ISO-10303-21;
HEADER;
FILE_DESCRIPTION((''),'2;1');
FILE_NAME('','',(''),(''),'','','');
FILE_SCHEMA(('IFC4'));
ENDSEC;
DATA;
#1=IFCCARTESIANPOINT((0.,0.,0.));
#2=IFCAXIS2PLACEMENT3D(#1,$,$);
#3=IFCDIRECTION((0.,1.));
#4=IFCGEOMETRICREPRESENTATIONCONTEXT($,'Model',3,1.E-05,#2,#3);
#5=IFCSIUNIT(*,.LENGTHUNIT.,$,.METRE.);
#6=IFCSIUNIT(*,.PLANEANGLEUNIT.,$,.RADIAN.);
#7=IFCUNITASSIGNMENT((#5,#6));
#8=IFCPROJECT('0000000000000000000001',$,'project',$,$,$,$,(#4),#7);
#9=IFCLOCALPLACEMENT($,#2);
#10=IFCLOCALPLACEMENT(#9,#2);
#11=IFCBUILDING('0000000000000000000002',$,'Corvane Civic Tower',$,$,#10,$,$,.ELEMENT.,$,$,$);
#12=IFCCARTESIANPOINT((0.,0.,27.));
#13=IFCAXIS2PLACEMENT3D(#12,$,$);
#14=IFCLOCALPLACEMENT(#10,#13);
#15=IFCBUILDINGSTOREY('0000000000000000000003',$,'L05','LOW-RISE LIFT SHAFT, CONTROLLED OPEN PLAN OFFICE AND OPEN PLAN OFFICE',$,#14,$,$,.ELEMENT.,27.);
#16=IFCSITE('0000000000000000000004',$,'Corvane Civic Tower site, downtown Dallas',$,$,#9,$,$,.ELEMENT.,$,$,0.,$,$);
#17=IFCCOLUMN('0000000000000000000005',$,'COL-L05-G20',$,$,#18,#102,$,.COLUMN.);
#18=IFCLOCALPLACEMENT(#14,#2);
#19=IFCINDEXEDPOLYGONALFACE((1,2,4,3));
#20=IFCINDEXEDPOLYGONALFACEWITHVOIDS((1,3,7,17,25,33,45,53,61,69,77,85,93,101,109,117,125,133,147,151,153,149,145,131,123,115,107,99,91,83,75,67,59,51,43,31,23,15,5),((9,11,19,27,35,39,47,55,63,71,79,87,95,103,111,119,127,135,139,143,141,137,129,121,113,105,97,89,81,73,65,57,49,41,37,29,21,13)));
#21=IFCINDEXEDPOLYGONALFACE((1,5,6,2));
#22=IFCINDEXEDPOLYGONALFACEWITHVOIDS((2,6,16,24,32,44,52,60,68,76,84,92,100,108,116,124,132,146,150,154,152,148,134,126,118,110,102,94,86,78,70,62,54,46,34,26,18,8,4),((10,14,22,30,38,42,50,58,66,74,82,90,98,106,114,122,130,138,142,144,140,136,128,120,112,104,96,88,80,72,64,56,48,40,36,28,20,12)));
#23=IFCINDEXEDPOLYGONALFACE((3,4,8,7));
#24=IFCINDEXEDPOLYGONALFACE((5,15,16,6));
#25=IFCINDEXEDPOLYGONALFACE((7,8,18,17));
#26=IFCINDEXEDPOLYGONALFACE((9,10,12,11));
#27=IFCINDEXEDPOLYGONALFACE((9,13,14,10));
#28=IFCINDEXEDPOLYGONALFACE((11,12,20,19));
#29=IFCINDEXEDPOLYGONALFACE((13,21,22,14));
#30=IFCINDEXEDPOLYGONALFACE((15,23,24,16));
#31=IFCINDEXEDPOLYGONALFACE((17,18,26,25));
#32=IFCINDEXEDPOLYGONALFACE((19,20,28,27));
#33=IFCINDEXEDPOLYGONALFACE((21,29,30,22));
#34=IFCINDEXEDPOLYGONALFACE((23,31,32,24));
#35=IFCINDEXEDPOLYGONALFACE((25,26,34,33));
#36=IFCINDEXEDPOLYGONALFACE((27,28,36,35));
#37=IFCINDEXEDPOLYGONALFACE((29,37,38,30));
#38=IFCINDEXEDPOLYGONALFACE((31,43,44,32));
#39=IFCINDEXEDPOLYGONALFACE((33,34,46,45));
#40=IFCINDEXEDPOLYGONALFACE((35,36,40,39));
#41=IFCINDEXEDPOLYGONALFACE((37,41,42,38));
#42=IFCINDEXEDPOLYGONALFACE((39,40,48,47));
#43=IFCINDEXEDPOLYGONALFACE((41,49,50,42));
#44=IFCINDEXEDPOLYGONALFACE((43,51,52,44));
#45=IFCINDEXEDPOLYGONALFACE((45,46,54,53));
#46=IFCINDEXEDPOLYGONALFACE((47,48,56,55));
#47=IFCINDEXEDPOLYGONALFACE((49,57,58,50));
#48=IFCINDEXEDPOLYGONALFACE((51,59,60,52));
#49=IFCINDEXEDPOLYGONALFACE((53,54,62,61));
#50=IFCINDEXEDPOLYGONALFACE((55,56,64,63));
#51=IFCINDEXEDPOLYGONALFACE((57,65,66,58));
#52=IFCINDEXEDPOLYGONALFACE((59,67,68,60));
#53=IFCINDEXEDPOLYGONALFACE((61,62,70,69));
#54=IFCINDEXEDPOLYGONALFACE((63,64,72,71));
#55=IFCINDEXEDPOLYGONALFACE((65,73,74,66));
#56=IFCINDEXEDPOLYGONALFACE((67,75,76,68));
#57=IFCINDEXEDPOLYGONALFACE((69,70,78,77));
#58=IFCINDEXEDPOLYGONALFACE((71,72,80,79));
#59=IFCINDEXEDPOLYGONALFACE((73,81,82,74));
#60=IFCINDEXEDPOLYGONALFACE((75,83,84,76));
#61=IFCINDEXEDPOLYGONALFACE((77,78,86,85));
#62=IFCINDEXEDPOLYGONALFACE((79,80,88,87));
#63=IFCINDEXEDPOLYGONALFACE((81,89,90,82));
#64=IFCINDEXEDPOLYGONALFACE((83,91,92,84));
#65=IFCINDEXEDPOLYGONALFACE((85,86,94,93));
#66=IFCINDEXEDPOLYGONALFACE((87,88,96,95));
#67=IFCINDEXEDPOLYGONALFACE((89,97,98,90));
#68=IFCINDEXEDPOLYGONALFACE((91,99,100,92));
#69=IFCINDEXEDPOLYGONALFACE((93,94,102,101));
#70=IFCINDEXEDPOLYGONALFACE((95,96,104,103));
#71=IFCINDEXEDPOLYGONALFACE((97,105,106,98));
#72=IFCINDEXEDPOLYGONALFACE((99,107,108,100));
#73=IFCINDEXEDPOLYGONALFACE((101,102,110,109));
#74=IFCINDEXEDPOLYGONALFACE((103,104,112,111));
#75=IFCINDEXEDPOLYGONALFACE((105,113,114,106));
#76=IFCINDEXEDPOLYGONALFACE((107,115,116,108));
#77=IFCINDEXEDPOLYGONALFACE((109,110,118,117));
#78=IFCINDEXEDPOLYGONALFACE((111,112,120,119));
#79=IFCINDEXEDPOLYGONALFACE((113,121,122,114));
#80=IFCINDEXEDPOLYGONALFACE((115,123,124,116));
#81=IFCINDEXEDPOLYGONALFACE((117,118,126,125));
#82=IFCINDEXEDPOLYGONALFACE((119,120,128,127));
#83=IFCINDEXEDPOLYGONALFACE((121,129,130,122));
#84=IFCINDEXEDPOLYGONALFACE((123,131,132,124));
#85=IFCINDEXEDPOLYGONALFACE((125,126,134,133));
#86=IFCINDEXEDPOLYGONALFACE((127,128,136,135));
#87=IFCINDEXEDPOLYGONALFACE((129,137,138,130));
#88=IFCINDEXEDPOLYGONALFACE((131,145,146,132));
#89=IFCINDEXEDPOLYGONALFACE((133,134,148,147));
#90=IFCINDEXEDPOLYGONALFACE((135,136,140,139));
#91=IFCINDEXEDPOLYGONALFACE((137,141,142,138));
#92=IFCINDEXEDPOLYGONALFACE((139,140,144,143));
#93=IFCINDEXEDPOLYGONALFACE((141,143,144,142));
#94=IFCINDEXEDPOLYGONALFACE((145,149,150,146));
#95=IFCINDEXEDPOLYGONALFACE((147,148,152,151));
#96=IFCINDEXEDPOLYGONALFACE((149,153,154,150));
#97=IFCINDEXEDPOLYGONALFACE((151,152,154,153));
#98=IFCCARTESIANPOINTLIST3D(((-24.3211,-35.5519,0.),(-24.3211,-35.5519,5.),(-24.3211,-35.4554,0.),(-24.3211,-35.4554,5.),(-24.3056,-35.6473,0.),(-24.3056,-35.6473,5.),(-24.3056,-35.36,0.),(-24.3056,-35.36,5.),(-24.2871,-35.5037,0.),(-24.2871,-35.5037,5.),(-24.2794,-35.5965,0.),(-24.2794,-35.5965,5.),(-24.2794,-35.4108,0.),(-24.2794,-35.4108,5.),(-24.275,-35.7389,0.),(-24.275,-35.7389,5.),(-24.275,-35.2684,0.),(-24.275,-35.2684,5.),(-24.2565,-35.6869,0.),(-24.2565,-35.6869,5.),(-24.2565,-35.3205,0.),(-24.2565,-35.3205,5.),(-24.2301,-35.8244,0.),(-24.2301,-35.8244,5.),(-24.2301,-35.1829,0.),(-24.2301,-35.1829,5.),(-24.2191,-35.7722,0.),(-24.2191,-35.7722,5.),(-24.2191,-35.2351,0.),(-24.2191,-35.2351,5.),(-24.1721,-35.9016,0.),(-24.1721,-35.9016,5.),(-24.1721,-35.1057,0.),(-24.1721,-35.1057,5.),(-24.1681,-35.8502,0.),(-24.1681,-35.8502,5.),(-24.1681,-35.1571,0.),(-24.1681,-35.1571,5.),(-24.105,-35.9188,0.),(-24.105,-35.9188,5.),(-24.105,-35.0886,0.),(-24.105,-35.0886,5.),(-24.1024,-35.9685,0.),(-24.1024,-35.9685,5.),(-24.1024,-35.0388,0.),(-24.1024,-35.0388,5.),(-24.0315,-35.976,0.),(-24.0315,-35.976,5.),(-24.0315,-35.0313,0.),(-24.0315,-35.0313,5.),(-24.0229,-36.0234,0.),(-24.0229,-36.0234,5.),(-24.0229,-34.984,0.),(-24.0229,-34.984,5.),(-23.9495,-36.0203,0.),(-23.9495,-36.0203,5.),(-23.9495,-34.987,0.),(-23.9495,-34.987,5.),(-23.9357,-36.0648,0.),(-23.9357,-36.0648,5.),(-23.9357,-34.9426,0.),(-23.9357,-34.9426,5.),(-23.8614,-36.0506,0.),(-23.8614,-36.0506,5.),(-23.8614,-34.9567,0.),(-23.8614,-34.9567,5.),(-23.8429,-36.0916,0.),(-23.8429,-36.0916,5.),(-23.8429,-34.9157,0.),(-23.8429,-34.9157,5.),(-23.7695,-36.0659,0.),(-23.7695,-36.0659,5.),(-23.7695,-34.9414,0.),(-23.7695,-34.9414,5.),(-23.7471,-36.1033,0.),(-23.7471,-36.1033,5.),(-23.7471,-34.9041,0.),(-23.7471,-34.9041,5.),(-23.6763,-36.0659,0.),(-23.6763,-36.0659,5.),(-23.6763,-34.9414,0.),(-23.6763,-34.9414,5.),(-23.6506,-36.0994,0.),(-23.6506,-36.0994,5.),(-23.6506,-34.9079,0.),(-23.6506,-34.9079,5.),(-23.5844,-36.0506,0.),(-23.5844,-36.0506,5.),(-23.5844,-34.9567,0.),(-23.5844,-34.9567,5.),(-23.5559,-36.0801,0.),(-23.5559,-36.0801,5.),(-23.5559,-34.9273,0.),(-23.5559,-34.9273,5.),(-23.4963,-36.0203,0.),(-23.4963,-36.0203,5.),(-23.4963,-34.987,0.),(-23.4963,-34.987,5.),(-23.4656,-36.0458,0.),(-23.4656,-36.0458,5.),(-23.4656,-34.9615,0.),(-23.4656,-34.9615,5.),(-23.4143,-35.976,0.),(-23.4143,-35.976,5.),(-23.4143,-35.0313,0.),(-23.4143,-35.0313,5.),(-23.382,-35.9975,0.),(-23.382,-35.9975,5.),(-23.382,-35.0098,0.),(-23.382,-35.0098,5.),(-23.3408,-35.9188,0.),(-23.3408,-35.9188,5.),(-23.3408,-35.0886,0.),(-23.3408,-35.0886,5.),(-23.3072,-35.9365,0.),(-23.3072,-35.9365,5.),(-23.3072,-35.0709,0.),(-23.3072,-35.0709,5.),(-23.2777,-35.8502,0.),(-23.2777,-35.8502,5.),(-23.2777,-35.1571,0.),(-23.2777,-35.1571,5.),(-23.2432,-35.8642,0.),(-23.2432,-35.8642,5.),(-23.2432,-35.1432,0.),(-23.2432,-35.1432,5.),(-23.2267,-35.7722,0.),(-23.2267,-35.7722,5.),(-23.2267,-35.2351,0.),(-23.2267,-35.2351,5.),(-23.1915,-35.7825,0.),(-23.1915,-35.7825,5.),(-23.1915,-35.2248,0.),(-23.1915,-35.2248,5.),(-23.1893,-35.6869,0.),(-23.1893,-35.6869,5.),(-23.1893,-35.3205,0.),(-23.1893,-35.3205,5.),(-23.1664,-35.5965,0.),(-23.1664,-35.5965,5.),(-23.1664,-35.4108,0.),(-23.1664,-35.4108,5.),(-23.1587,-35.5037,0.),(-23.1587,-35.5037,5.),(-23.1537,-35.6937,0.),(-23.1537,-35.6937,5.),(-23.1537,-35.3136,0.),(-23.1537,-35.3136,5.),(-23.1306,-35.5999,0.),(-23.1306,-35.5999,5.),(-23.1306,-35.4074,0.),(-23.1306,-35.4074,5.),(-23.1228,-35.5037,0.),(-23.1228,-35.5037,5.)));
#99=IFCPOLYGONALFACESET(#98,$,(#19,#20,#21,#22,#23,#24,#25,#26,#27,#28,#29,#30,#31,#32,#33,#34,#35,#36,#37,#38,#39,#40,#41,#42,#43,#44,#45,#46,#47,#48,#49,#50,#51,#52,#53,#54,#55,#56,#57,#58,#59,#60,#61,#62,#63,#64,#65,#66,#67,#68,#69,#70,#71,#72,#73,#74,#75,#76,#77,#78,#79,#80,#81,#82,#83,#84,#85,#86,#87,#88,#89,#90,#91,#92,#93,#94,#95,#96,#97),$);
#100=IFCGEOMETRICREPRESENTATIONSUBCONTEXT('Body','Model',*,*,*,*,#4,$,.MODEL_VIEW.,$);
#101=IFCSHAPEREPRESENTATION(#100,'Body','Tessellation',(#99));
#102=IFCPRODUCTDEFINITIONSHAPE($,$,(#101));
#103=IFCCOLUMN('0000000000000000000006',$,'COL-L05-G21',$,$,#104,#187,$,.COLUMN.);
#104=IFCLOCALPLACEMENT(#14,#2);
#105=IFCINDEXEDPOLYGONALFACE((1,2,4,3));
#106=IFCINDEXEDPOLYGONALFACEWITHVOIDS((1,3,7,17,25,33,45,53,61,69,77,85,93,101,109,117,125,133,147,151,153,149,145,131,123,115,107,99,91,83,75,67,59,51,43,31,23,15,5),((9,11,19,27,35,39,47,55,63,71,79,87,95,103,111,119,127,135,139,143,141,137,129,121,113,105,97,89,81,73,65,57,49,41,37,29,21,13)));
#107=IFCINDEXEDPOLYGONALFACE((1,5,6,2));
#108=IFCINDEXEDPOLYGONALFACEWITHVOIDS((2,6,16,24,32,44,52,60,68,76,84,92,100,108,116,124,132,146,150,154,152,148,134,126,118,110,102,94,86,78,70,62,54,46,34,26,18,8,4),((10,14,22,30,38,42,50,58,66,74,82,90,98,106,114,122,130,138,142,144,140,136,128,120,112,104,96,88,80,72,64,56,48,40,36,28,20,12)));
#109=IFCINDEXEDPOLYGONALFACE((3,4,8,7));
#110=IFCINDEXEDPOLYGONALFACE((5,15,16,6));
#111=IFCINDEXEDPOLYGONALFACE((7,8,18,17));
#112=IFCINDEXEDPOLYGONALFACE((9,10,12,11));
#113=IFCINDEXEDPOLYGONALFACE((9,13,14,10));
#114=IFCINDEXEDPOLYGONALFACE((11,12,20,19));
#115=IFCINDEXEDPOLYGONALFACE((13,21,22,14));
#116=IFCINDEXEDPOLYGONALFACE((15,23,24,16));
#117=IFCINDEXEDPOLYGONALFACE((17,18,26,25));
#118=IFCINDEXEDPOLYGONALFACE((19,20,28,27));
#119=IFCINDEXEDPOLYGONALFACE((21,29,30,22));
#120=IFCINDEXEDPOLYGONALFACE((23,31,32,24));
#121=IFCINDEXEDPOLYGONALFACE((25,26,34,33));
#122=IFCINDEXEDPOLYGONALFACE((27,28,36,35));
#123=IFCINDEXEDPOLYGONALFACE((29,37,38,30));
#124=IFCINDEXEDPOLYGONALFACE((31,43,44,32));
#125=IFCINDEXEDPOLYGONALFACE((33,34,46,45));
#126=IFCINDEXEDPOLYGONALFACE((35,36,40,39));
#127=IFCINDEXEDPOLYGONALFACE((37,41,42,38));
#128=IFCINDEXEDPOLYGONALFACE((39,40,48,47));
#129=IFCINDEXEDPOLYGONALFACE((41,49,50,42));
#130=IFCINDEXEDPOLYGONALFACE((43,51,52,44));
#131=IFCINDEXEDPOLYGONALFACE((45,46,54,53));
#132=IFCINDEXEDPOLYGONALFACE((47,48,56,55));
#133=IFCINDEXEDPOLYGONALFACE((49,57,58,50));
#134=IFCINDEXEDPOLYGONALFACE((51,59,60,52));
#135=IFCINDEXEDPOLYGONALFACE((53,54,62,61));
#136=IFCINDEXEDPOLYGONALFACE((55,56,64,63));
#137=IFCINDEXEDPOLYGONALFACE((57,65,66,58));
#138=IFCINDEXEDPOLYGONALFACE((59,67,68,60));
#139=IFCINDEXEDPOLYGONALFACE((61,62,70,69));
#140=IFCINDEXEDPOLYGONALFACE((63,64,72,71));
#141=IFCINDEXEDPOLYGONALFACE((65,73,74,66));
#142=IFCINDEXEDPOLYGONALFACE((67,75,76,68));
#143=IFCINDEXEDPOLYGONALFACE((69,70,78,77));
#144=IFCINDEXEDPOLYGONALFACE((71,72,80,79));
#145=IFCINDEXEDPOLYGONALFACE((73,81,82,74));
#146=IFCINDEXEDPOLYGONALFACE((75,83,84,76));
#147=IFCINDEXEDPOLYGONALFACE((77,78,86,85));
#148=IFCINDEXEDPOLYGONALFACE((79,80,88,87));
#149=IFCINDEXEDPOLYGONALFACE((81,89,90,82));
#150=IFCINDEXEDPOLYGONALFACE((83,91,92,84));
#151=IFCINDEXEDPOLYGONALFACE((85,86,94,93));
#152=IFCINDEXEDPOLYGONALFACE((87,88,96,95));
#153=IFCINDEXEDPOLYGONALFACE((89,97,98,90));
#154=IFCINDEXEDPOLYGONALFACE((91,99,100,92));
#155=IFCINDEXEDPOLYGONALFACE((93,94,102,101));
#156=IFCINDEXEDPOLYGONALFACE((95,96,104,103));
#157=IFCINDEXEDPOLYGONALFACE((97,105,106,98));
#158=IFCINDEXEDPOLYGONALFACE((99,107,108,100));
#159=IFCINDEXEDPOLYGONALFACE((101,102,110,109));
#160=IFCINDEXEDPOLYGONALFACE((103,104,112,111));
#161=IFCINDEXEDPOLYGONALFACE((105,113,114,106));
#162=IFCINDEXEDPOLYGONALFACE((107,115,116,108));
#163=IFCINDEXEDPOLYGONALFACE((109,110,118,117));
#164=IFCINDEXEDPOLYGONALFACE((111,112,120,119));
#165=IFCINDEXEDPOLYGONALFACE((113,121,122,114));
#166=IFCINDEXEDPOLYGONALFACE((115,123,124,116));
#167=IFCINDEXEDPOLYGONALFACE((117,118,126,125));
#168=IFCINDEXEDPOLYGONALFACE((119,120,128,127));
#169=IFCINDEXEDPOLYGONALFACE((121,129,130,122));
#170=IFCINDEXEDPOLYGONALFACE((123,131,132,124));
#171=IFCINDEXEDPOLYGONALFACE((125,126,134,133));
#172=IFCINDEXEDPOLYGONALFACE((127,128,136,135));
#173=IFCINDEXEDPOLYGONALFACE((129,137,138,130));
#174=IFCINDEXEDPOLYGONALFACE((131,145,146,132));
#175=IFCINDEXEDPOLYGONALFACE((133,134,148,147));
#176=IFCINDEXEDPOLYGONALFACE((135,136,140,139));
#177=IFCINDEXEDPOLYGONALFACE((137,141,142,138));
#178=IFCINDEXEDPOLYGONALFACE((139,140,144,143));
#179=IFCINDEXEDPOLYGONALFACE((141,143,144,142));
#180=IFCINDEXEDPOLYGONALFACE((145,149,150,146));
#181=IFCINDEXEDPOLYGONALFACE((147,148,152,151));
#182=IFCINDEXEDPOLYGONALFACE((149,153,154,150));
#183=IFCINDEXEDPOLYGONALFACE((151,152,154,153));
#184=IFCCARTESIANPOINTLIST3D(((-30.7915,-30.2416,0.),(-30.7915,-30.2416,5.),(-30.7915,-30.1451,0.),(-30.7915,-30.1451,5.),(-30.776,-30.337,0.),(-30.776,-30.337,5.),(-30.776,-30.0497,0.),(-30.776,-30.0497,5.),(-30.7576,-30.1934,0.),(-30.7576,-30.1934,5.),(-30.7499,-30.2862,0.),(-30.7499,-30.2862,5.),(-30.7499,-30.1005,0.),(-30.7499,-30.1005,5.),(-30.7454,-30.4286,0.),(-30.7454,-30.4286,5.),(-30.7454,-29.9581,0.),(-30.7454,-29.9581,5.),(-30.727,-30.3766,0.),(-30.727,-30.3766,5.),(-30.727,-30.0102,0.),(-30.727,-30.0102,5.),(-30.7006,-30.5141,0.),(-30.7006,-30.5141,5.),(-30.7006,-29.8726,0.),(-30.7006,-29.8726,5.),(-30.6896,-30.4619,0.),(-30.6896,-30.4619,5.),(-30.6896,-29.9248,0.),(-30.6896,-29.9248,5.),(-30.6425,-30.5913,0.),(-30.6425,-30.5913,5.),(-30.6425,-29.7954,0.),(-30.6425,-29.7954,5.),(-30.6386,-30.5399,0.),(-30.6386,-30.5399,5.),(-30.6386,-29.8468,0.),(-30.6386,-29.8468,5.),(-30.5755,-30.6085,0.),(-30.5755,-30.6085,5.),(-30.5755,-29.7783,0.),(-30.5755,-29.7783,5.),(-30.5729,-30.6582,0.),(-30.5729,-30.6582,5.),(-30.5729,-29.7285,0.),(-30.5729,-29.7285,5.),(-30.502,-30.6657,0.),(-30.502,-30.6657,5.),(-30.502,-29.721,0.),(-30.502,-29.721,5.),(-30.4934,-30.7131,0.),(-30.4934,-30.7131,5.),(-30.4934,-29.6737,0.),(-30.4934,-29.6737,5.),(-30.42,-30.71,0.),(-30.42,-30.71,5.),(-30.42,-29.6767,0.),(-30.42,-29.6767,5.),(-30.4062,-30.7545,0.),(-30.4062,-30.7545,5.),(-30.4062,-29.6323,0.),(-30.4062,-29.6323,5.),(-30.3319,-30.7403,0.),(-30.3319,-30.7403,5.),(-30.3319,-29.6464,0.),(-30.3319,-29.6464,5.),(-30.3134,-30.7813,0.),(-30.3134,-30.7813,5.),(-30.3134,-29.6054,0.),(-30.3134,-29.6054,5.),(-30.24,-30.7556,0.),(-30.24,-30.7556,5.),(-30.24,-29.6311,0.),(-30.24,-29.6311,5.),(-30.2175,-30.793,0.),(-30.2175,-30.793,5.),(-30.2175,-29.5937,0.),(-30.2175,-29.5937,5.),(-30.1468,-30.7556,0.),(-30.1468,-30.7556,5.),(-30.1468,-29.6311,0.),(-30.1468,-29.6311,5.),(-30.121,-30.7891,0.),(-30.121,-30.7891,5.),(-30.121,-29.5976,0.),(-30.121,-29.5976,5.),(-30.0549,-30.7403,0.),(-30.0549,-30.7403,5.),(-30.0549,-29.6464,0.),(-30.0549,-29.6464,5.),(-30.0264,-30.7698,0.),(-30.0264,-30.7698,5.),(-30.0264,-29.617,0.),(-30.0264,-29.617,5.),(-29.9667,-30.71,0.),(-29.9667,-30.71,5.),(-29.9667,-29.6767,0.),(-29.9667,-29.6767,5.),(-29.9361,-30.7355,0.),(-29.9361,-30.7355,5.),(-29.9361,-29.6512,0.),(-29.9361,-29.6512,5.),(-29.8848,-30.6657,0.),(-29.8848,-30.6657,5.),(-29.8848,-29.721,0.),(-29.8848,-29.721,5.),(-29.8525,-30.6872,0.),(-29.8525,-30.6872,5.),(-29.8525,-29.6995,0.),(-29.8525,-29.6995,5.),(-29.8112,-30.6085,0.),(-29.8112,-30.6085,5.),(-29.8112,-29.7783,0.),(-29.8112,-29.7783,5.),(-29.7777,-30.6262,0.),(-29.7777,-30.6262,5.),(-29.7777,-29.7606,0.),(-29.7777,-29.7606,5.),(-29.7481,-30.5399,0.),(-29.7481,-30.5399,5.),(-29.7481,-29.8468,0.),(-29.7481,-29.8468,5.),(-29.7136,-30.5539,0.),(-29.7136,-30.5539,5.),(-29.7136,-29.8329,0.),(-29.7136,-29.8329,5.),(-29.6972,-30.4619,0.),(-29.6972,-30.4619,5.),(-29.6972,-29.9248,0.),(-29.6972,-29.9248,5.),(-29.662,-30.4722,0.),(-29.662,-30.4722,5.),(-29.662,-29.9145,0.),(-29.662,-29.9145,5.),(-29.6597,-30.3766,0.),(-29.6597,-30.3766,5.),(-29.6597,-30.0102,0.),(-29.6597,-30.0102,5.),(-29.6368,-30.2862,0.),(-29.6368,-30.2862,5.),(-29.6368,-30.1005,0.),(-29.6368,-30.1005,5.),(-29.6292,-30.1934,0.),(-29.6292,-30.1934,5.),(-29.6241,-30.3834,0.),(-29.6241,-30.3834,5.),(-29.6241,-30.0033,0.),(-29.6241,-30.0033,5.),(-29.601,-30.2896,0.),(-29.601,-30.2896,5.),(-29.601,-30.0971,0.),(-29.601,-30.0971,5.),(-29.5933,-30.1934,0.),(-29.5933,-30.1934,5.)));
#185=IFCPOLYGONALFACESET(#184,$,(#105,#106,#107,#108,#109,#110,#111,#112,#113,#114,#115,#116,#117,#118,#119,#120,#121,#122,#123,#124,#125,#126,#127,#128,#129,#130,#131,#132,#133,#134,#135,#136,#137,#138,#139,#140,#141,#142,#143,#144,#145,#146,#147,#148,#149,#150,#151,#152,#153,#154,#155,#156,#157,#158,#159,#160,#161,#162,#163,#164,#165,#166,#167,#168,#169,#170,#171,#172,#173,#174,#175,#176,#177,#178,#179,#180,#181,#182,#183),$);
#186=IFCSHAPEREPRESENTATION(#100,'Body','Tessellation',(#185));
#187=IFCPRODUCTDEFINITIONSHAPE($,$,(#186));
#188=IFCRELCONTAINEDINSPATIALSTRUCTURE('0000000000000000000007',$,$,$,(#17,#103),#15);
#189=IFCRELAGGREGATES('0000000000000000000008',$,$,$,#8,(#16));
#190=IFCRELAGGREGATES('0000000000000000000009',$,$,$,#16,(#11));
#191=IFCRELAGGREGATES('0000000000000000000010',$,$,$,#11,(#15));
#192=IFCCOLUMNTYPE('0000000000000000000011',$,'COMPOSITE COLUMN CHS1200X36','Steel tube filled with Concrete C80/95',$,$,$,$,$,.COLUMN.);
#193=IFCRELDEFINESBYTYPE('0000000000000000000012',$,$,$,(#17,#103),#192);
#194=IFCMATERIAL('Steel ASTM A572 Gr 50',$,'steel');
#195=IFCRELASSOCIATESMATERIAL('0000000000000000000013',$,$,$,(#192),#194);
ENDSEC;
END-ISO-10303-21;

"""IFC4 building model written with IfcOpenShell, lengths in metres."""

from ifc_helpers import new_model, si_unit, direction, frame, origin, origin_2d, place, context, subcontext, project, spatial, hollow_circle, extrude, material, material_profile, profile_set, type_object, element, save


model = new_model("IFC4")

# Units and contexts
model_context = context("Model", 3, precision=1e-05, world=origin(), true_north=direction((0.0, 1.0)))
body_context = subcontext(model_context, "Body", "Model", "MODEL_VIEW")
ifc_project = project(units=[si_unit("LENGTHUNIT", "METRE"), si_unit("PLANEANGLEUNIT", "RADIAN")], contexts=[model_context])

# Site, building, storey
site_placement = place(None, origin())
site = spatial("IfcSite", under=ifc_project, at=site_placement, Name="Corvane Civic Tower site, downtown Dallas", CompositionType="ELEMENT", RefElevation=0.0)
building_placement = place(site_placement, origin())
building = spatial("IfcBuilding", under=site, at=building_placement, Name="Corvane Civic Tower", CompositionType="ELEMENT")
storey_placement = place(building_placement, frame((0.0, 0.0, 27.0)))
storey = spatial("IfcBuildingStorey", under=building, at=storey_placement, Name="L05", Description="LOW-RISE LIFT SHAFT, CONTROLLED OPEN PLAN OFFICE AND OPEN PLAN OFFICE", CompositionType="ELEMENT", Elevation=27.0)

# Columns
ifc_material_1 = material(Name="Steel ASTM A572 Gr 50", Category="steel")
ifc_material_profile_1 = material_profile(ifc_material_1, hollow_circle(Radius=0.6001, WallThickness=0.0359, at=origin_2d()), Name="CHS1200X36")
ifc_profile_set_1 = profile_set([ifc_material_profile_1], Name="Steel ASTM A572 Gr 50")
column_type_1 = type_object("IfcColumnType", Name="COMPOSITE COLUMN CHS1200X36", Description="Steel tube filled with Concrete C80/95", PredefinedType="COLUMN", material=ifc_profile_set_1)
for number, where, z_axis, x_axis, name in (
    (1, (-23.7229, -35.5037, 0.0), (0.0, 0.0, 1.0), (1.0, 0.0, 0.0), "COL-L05-G20"),
    (2, (-30.1934, -30.1934, 0.0), (0.0, 0.0, 1.0), (1.0, 0.0, 0.0), "COL-L05-G21"),
):
    element("IfcColumn", number, at=place(storey_placement, frame(where, z_axis=z_axis, x_axis=x_axis)), inside=storey, type_object=column_type_1, Name=name, PredefinedType="COLUMN", context=body_context, shape_type="SweptSolid", body=[
        extrude(hollow_circle(Radius=0.6001, WallThickness=0.0359, at=origin_2d()), origin(), (0.0, 0.0, 1.0), 5.0),
    ])

save(model, "model.ifc")
